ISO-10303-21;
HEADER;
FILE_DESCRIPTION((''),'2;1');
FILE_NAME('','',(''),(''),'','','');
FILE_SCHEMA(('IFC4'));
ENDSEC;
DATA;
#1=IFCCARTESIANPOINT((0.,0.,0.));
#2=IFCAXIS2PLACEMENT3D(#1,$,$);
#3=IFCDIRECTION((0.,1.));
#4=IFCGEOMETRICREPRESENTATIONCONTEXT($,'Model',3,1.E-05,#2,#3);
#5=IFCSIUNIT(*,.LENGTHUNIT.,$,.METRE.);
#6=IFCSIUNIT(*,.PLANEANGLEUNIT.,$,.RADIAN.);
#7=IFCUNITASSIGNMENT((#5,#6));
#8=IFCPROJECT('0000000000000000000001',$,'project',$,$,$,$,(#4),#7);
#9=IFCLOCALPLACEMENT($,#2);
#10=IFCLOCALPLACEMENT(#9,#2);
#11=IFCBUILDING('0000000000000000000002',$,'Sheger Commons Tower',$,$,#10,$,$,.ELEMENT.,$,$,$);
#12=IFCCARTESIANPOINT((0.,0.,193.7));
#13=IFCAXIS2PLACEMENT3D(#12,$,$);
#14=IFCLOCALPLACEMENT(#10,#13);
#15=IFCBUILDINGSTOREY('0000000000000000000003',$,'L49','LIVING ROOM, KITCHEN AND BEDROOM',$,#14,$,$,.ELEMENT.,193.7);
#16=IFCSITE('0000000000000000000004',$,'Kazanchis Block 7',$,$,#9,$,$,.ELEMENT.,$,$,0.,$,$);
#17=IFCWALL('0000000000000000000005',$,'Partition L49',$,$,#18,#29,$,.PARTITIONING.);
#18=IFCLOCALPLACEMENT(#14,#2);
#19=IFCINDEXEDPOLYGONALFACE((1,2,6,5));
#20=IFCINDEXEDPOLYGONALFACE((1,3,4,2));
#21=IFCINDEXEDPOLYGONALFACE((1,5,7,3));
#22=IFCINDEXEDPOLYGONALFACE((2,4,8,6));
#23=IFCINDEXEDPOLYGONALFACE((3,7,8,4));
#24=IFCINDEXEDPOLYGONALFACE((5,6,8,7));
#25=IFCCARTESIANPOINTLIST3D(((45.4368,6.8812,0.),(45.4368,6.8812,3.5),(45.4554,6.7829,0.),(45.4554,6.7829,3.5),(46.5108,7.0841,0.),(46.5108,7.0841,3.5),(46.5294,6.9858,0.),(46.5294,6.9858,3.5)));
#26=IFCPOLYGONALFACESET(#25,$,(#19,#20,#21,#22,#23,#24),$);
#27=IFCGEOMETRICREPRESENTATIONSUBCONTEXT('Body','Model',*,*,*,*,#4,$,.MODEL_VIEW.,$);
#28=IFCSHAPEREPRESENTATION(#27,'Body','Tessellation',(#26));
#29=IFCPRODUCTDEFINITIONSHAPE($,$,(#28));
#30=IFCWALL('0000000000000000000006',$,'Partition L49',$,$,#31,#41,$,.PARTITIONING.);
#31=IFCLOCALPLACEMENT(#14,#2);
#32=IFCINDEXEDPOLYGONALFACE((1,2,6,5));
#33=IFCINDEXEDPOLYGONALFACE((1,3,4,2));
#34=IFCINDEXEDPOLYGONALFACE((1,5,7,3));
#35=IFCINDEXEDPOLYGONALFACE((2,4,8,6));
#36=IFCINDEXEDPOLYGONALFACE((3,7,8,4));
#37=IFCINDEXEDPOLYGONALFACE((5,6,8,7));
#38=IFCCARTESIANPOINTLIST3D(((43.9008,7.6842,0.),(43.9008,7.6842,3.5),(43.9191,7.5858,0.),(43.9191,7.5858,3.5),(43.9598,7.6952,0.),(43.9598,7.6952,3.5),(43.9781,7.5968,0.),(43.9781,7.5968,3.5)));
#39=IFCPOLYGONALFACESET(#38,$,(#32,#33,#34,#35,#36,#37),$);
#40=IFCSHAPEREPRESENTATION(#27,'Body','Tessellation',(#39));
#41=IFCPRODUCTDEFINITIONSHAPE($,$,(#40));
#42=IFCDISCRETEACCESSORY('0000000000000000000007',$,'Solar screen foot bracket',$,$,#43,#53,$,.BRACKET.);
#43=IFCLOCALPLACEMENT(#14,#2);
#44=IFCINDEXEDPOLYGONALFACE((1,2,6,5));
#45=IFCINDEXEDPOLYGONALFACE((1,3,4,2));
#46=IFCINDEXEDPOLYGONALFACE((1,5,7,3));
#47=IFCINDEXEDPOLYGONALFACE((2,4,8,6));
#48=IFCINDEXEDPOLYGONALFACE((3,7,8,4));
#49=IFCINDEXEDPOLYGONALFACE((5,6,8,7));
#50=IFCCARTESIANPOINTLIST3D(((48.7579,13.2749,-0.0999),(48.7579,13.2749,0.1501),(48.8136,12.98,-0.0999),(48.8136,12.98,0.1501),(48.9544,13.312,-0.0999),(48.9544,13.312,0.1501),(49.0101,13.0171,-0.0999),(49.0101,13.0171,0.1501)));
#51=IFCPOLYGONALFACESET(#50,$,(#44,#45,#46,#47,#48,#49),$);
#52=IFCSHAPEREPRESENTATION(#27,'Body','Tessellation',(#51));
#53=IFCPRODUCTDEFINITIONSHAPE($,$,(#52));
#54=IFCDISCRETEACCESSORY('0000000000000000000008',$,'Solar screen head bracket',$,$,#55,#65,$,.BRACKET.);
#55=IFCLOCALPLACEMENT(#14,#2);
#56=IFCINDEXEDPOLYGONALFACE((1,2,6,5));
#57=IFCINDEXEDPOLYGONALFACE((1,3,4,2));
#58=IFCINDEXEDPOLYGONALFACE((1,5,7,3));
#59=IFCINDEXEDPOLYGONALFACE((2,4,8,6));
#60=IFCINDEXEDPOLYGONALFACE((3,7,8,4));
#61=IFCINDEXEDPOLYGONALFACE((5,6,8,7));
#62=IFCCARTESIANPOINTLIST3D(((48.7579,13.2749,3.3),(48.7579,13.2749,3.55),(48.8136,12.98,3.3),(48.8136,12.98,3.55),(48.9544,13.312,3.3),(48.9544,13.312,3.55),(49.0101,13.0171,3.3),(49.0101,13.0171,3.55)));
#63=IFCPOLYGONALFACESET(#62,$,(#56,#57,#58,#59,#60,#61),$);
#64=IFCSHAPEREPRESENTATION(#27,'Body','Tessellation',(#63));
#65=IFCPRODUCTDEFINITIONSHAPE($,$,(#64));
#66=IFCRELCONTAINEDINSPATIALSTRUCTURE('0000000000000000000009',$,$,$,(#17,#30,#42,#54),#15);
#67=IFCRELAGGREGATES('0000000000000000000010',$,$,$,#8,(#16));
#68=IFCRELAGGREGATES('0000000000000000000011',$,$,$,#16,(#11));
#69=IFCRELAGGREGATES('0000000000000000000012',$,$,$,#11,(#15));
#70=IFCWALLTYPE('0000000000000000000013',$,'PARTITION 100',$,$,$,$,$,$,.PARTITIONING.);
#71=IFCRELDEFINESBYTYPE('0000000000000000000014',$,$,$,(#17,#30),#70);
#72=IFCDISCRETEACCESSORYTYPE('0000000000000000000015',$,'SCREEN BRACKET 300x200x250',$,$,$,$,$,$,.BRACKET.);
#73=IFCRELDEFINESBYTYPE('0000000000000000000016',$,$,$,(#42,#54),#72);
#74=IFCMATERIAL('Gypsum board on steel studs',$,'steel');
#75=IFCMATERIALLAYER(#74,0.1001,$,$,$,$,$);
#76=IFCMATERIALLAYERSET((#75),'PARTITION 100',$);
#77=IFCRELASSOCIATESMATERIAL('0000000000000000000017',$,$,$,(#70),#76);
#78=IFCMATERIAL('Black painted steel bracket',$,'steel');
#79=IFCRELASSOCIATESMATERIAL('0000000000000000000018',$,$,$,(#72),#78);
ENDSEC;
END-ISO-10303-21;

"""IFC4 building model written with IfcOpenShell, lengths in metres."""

from ifc_helpers import new_model, si_unit, direction, frame, frame_2d, origin, origin_2d, place, context, subcontext, project, spatial, rectangle, extrude, material, layer, layer_set, type_object, element, save


model = new_model("IFC4")

# Units and contexts
model_context = context("Model", 3, precision=1e-05, world=origin(), true_north=direction((0.0, 1.0)))
body_context = subcontext(model_context, "Body", "Model", "MODEL_VIEW")
ifc_project = project(units=[si_unit("LENGTHUNIT", "METRE"), si_unit("PLANEANGLEUNIT", "RADIAN")], contexts=[model_context])

# Site, building, storey
site_placement = place(None, origin())
site = spatial("IfcSite", under=ifc_project, at=site_placement, Name="Kazanchis Block 7", CompositionType="ELEMENT", RefElevation=0.0)
building_placement = place(site_placement, origin())
building = spatial("IfcBuilding", under=site, at=building_placement, Name="Sheger Commons Tower", CompositionType="ELEMENT")
storey_placement = place(building_placement, frame((0.0, 0.0, 193.7)))
storey = spatial("IfcBuildingStorey", under=building, at=storey_placement, Name="L49", Description="LIVING ROOM, KITCHEN AND BEDROOM", CompositionType="ELEMENT", Elevation=193.7)

# Shared definitions
ifc_material_1 = material(Name="Gypsum board on steel studs", Category="steel")
ifc_layer_1 = layer(ifc_material_1, 0.1001)
ifc_layer_set_1 = layer_set([ifc_layer_1], Name="PARTITION 100")
wall_type_1 = type_object("IfcWallType", Name="PARTITION 100", PredefinedType="PARTITIONING", material=ifc_layer_set_1)

# Walls
wall_1_placement = place(storey_placement, frame((46.52, 7.0349, 0.0), z_axis=(0.0, 0.0, 1.0), x_axis=(-0.982621, -0.185624, 0.0)))
element("IfcWall", 1, at=wall_1_placement, inside=storey, type_object=wall_type_1, Name="Partition L49", PredefinedType="PARTITIONING", context=body_context, shape_type="SweptSolid", body=[
    extrude(rectangle(XDim=1.093, YDim=0.1001, at=frame_2d((0.5464, 0.0))), origin(), (0.0, 0.0, 1.0), 3.5),
])
wall_2_placement = place(storey_placement, frame((43.969, 7.646, 0.0), z_axis=(0.0, 0.0, 1.0), x_axis=(-0.983147, -0.182817, 0.0)))
element("IfcWall", 2, at=wall_2_placement, inside=storey, type_object=wall_type_1, Name="Partition L49", PredefinedType="PARTITIONING", context=body_context, shape_type="SweptSolid", body=[
    extrude(rectangle(XDim=0.0601, YDim=0.1001, at=frame_2d((0.03, 0.0))), origin(), (0.0, 0.0, 1.0), 3.5),
])

# Discrete accessories
ifc_material_2 = material(Name="Black painted steel bracket", Category="steel")
discrete_accessory_type = type_object("IfcDiscreteAccessoryType", Name="SCREEN BRACKET 300x200x250", PredefinedType="BRACKET", material=ifc_material_2)
for number, where, z_axis, x_axis, name in (
    (3, (48.884, 13.146, -0.0999), (0.0, 0.0, 1.0), (-0.185615, 0.982623, 0.0), "Solar screen foot bracket"),
    (4, (48.884, 13.146, 3.3), (0.0, 0.0, 1.0), (-0.185615, 0.982623, 0.0), "Solar screen head bracket"),
):
    element("IfcDiscreteAccessory", number, at=place(storey_placement, frame(where, z_axis=z_axis, x_axis=x_axis)), inside=storey, type_object=discrete_accessory_type, Name=name, PredefinedType="BRACKET", context=body_context, shape_type="SweptSolid", body=[
        extrude(rectangle(XDim=0.3, YDim=0.2, at=origin_2d()), origin(), (0.0, 0.0, 1.0), 0.25),
    ])

save(model, "model.ifc")
